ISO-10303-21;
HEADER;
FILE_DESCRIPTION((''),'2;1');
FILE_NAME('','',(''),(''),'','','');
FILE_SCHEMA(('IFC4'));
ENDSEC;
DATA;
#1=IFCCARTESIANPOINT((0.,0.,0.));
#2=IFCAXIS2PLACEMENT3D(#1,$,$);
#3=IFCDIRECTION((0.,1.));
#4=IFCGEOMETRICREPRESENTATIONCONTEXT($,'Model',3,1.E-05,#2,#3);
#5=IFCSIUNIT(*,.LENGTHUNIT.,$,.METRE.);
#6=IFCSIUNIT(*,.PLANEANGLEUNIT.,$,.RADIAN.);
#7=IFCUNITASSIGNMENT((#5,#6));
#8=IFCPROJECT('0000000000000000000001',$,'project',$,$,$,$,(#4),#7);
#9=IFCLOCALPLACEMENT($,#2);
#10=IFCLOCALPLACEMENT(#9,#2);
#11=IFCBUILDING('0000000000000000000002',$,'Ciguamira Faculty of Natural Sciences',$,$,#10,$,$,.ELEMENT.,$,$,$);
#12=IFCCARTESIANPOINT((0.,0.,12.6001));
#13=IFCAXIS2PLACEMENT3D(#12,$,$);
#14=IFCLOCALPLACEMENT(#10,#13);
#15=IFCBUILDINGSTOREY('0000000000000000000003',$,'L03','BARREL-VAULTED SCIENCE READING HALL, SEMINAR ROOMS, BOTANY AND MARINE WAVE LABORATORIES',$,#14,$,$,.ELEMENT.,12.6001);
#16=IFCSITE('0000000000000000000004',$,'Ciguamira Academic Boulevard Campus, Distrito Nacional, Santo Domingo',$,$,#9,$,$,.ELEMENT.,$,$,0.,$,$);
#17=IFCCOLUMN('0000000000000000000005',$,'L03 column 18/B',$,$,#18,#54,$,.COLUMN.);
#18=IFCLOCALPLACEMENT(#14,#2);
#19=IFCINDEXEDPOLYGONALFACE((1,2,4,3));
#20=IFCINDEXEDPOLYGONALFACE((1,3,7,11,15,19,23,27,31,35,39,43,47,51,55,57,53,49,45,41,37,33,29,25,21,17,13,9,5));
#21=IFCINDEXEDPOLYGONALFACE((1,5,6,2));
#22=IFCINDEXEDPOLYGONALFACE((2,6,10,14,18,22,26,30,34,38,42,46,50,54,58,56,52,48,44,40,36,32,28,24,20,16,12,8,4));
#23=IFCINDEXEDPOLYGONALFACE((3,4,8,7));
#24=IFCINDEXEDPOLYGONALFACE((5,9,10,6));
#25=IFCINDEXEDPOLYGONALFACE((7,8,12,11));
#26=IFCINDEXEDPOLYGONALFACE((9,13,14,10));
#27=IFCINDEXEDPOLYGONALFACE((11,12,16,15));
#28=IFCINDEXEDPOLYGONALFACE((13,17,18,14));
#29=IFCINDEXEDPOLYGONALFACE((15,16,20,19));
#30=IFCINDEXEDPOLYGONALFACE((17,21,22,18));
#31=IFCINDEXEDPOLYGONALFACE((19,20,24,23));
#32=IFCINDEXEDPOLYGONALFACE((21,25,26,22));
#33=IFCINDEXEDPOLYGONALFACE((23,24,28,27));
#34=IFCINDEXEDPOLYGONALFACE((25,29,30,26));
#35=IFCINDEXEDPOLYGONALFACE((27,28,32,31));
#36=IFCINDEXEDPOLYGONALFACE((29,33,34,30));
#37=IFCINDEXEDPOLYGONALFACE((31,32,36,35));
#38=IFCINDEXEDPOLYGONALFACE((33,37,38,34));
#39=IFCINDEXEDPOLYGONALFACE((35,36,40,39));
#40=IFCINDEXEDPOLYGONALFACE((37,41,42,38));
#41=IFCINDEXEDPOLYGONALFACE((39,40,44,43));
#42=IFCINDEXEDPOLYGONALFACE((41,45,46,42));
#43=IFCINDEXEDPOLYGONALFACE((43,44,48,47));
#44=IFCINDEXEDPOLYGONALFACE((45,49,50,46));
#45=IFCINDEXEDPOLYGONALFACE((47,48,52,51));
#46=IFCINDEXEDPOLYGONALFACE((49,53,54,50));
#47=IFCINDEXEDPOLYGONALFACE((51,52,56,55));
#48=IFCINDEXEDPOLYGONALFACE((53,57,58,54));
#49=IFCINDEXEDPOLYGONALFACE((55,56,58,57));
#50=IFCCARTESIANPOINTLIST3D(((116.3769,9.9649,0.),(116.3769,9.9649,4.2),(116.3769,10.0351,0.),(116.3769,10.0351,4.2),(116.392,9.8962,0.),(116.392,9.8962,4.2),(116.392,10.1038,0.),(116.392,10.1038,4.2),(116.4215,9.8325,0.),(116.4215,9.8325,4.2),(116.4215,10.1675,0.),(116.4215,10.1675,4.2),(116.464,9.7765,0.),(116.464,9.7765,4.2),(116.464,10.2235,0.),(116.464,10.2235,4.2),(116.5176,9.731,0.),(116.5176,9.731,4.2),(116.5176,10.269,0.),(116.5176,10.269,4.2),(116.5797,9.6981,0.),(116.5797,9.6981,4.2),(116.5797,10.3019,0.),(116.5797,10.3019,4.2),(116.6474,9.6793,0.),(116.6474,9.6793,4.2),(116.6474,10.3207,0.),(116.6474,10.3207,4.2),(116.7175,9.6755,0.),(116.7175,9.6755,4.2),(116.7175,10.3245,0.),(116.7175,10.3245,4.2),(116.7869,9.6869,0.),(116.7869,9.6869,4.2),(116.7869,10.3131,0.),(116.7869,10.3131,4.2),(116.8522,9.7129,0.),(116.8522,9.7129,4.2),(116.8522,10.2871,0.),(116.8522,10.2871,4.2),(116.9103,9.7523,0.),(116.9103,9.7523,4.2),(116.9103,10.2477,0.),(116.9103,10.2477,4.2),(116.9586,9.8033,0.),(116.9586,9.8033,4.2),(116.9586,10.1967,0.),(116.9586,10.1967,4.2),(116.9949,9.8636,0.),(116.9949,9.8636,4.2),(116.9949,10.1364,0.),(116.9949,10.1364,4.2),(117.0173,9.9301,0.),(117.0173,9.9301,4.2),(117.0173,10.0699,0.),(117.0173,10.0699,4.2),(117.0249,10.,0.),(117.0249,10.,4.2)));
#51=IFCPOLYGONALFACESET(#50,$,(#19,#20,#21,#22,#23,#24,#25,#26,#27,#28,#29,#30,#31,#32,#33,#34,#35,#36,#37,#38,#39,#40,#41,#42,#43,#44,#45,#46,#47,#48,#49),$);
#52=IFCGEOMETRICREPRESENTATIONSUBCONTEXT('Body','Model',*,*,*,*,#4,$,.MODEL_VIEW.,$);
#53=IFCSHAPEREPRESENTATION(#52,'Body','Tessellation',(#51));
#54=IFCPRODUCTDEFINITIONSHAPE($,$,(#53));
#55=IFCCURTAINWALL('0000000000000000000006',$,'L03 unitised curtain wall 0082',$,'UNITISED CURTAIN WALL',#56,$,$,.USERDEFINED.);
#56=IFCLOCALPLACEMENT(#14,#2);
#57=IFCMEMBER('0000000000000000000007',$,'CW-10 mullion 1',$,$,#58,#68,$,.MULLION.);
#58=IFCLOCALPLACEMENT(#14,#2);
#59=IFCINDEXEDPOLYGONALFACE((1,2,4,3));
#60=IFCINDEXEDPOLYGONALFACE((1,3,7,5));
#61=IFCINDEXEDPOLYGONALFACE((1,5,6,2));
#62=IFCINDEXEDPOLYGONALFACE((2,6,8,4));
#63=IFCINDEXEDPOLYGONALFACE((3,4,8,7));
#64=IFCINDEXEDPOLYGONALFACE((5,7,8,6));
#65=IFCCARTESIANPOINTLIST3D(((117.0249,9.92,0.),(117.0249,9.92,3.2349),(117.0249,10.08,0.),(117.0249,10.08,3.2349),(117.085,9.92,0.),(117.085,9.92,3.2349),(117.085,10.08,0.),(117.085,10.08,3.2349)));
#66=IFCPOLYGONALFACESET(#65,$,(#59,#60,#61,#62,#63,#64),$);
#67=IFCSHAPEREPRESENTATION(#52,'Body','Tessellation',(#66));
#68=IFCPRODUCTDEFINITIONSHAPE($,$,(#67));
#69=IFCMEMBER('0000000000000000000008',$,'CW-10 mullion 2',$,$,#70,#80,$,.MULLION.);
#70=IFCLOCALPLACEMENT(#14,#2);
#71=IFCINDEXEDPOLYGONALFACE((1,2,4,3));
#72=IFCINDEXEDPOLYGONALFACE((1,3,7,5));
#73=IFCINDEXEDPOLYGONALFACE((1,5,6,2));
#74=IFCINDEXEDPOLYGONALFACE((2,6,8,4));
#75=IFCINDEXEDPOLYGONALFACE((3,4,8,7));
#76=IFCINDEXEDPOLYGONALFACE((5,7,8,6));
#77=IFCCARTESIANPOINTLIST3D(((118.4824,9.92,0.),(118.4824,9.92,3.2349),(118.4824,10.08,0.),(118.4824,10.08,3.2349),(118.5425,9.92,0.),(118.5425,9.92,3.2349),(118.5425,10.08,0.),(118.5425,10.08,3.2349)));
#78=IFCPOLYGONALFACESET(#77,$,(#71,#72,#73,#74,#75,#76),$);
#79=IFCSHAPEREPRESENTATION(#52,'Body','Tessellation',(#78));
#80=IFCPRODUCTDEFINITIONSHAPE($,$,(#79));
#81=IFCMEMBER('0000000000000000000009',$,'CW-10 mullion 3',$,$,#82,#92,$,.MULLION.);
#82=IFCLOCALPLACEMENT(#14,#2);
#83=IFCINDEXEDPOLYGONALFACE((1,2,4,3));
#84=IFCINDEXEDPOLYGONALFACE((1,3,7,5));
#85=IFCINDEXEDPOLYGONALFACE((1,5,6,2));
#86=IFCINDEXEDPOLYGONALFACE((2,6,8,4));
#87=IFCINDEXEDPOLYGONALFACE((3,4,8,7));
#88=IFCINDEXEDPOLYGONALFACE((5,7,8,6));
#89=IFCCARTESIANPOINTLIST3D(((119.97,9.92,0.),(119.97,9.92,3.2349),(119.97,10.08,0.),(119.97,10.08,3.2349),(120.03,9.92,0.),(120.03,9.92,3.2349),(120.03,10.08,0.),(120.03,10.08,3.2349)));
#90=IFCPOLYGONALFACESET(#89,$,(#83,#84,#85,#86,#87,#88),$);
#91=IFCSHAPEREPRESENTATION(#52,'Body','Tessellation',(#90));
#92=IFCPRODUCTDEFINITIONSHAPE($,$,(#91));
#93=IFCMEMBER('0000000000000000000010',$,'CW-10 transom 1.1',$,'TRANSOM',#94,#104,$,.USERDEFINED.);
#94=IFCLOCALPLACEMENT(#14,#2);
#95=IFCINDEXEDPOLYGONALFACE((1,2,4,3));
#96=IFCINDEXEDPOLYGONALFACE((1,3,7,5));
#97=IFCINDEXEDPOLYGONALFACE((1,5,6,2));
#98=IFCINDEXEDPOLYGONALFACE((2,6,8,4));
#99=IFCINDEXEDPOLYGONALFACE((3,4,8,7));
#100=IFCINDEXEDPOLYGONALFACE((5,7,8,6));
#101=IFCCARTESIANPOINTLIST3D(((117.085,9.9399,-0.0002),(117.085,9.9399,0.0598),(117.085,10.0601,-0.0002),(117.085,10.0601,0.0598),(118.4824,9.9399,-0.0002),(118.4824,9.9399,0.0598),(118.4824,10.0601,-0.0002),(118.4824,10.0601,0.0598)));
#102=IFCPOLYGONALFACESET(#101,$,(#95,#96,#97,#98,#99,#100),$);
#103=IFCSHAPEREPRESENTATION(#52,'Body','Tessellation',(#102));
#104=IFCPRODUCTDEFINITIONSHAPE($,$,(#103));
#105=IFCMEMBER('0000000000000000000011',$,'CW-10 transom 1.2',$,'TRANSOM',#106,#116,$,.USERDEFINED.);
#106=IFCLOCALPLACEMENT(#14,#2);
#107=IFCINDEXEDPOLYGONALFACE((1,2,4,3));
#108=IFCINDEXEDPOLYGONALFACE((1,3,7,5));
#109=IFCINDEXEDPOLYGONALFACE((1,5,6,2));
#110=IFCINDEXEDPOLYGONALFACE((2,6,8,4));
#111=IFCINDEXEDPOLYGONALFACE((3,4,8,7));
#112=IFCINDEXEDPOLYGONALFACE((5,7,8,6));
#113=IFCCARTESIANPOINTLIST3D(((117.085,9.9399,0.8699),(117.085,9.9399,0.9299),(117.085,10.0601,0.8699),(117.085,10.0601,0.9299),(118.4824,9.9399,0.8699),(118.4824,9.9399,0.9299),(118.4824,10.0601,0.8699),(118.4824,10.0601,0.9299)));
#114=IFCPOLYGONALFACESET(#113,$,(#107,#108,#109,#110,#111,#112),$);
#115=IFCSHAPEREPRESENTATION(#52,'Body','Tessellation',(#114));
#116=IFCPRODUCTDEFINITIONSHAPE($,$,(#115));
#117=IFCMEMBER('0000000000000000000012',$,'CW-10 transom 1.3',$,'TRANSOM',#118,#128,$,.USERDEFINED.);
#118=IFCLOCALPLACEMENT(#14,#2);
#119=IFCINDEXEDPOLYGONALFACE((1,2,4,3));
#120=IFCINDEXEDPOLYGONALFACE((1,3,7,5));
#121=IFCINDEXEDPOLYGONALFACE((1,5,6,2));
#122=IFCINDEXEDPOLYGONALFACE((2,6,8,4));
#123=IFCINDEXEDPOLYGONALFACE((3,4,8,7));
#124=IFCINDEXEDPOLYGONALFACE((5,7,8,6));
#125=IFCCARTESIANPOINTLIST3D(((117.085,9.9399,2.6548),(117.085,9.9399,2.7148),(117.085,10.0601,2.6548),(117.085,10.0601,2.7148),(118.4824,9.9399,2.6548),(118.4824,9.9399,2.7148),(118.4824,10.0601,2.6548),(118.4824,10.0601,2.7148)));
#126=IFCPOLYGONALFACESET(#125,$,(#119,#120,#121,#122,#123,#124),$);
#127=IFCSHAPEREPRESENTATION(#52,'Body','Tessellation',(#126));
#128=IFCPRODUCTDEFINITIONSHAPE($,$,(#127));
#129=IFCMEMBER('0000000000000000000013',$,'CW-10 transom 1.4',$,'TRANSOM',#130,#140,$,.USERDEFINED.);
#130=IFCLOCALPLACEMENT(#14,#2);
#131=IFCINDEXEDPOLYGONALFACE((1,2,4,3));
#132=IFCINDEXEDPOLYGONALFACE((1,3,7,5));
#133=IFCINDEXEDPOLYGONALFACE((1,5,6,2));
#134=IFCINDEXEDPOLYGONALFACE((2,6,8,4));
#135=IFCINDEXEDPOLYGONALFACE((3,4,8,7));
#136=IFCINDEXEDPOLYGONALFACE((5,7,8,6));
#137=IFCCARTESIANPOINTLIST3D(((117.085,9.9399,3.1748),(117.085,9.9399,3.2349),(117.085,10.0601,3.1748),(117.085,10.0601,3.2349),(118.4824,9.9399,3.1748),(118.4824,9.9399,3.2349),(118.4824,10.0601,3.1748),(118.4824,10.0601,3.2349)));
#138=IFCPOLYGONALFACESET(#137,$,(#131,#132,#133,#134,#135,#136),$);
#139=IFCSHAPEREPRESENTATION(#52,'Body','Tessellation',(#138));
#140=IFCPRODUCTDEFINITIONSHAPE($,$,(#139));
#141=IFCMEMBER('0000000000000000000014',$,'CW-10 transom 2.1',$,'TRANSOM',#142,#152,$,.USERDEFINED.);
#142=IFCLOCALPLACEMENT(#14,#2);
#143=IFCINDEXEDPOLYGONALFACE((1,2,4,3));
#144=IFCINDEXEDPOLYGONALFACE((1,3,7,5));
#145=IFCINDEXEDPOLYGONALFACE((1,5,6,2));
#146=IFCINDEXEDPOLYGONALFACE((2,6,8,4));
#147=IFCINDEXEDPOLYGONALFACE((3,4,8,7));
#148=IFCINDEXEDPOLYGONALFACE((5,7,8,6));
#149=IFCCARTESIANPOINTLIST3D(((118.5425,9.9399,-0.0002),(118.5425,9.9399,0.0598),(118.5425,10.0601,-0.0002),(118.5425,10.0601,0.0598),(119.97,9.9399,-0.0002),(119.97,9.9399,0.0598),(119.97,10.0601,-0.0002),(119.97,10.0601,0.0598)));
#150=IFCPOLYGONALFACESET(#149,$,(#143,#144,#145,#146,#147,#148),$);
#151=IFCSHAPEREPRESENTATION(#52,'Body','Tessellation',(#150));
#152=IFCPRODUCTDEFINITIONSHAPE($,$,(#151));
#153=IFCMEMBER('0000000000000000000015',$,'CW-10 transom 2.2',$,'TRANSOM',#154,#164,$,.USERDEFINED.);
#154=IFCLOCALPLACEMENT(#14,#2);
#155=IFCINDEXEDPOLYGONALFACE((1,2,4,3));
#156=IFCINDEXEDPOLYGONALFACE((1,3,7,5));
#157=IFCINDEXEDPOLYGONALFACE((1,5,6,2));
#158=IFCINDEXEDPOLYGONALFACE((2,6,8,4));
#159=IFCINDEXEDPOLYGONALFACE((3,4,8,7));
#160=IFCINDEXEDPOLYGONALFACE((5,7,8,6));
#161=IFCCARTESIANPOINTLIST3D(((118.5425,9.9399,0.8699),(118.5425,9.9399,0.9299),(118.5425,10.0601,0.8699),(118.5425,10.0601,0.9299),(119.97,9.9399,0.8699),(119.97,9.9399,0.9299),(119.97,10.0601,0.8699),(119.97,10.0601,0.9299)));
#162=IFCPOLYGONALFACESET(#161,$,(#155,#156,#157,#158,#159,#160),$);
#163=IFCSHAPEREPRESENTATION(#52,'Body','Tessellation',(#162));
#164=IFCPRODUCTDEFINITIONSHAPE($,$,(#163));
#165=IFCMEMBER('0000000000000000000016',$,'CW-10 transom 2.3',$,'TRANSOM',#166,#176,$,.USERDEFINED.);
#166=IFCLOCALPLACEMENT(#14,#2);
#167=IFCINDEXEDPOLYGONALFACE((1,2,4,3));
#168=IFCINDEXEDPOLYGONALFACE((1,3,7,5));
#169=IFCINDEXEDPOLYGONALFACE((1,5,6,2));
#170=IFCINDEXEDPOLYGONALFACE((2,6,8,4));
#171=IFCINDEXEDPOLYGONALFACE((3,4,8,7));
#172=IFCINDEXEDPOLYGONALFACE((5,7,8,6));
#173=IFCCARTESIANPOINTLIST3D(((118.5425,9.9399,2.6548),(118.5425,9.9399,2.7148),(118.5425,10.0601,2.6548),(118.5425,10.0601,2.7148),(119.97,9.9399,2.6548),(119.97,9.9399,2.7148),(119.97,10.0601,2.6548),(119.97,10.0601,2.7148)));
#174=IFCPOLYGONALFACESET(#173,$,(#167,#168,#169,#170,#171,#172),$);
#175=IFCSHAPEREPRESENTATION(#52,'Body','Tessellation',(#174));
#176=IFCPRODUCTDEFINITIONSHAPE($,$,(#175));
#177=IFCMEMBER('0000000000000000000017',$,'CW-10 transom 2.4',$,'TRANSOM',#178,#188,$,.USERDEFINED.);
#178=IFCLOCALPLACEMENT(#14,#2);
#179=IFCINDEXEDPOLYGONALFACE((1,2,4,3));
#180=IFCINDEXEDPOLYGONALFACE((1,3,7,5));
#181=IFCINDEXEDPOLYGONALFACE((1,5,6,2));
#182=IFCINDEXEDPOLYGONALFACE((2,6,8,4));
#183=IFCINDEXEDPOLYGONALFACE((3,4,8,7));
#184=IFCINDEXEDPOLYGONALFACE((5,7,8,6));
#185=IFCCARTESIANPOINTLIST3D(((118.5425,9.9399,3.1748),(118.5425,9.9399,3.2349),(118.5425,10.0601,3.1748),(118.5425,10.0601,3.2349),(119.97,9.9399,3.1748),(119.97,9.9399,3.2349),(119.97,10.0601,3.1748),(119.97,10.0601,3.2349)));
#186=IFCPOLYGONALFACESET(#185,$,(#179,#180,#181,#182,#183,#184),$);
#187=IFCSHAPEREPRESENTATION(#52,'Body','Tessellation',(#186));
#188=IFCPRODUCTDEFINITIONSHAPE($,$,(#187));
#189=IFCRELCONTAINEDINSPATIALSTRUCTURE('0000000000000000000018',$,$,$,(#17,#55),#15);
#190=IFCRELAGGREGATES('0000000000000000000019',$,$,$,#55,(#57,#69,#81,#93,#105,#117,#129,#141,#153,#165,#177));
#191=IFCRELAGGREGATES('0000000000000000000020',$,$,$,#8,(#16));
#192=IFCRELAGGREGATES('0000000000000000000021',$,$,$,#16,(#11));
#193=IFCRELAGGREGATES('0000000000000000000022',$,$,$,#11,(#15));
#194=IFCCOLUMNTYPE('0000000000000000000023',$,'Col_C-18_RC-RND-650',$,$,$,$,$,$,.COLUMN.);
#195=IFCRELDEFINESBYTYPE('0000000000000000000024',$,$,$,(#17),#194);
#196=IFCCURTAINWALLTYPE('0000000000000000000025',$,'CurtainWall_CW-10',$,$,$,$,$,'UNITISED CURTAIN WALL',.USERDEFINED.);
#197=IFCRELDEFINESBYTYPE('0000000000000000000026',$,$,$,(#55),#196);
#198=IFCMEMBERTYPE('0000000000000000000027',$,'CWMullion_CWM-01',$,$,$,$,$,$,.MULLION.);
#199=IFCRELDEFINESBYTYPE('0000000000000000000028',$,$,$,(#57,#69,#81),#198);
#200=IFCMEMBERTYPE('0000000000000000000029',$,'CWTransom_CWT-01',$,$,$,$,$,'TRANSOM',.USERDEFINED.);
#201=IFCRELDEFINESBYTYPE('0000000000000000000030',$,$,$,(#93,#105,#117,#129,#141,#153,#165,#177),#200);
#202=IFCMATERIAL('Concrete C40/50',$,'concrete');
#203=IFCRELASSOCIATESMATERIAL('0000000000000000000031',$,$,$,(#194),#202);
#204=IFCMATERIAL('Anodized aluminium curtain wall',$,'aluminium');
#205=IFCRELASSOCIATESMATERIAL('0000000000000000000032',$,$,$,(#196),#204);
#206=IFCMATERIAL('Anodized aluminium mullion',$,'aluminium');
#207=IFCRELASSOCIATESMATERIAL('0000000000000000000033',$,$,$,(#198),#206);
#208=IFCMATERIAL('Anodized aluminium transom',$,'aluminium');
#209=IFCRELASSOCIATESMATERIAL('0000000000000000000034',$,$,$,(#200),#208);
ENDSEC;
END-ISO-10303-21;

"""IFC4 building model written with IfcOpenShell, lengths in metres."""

from ifc_helpers import new_model, si_unit, direction, frame, origin, origin_2d, place, context, subcontext, project, spatial, rectangle, circle, extrude, material, material_profile, profile_set, type_object, element, aggregate, save


model = new_model("IFC4")

# Units and contexts
model_context = context("Model", 3, precision=1e-05, world=origin(), true_north=direction((0.0, 1.0)))
body_context = subcontext(model_context, "Body", "Model", "MODEL_VIEW")
ifc_project = project(units=[si_unit("LENGTHUNIT", "METRE"), si_unit("PLANEANGLEUNIT", "RADIAN")], contexts=[model_context])

# Site, building, storey
site_placement = place(None, origin())
site = spatial("IfcSite", under=ifc_project, at=site_placement, Name="Ciguamira Academic Boulevard Campus, Distrito Nacional, Santo Domingo", CompositionType="ELEMENT", RefElevation=0.0)
building_placement = place(site_placement, origin())
building = spatial("IfcBuilding", under=site, at=building_placement, Name="Ciguamira Faculty of Natural Sciences", CompositionType="ELEMENT")
storey_placement = place(building_placement, frame((0.0, 0.0, 12.6001)))
storey = spatial("IfcBuildingStorey", under=building, at=storey_placement, Name="L03", Description="BARREL-VAULTED SCIENCE READING HALL, SEMINAR ROOMS, BOTANY AND MARINE WAVE LABORATORIES", CompositionType="ELEMENT", Elevation=12.6001)

# Column
ifc_material_1 = material(Name="Concrete C40/50", Category="concrete")
ifc_material_profile_1 = material_profile(ifc_material_1, circle(Radius=0.325, at=origin_2d()), Name="RC-RND-650")
ifc_profile_set_1 = profile_set([ifc_material_profile_1], Name="Concrete C40/50")
column_type = type_object("IfcColumnType", Name="Col_C-18_RC-RND-650", PredefinedType="COLUMN", material=ifc_profile_set_1)
column_placement = place(storey_placement, frame((116.7, 10.0, 0.0), z_axis=(0.0, 0.0, 1.0), x_axis=(1.0, 0.0, 0.0)))
element("IfcColumn", 1, at=column_placement, inside=storey, type_object=column_type, Name="L03 column 18/B", PredefinedType="COLUMN", context=body_context, shape_type="SweptSolid", body=[
    extrude(circle(Radius=0.325, at=origin_2d()), origin(), (0.0, 0.0, 1.0), 4.2),
])

# Curtain wall, members
ifc_material_2 = material(Name="Anodized aluminium curtain wall", Category="aluminium")
curtain_wall_type = type_object("IfcCurtainWallType", Name="CurtainWall_CW-10", ElementType="UNITISED CURTAIN WALL", PredefinedType="USERDEFINED", material=ifc_material_2)
curtain_wall_placement = place(storey_placement, origin())
curtain_wall = element("IfcCurtainWall", 2, at=curtain_wall_placement, inside=storey, type_object=curtain_wall_type, Name="L03 unitised curtain wall 0082", ObjectType="UNITISED CURTAIN WALL", PredefinedType="USERDEFINED")
ifc_material_3 = material(Name="Anodized aluminium mullion", Category="aluminium")
ifc_material_profile_2 = material_profile(ifc_material_3, rectangle(XDim=0.0601, YDim=0.1599, at=origin_2d()), Name="ALU-MUL-60X160")
ifc_profile_set_2 = profile_set([ifc_material_profile_2], Name="Anodized aluminium mullion")
member_type_1 = type_object("IfcMemberType", Name="CWMullion_CWM-01", PredefinedType="MULLION", material=ifc_profile_set_2)
member_1_placement = place(storey_placement, frame((117.0549, 10.0, 0.0), z_axis=(0.0, 0.0, 1.0), x_axis=(1.0, 0.0, 0.0)))
member_1 = element("IfcMember", 3, at=member_1_placement, type_object=member_type_1, Name="CW-10 mullion 1", PredefinedType="MULLION", context=body_context, shape_type="SweptSolid", body=[
    extrude(rectangle(XDim=0.0601, YDim=0.1599, at=origin_2d()), origin(), (0.0, 0.0, 1.0), 3.2349),
])
member_2_placement = place(storey_placement, frame((118.5125, 10.0, 0.0), z_axis=(0.0, 0.0, 1.0), x_axis=(1.0, 0.0, 0.0)))
member_2 = element("IfcMember", 4, at=member_2_placement, type_object=member_type_1, Name="CW-10 mullion 2", PredefinedType="MULLION", context=body_context, shape_type="SweptSolid", body=[
    extrude(rectangle(XDim=0.0601, YDim=0.1599, at=origin_2d()), origin(), (0.0, 0.0, 1.0), 3.2349),
])
member_3_placement = place(storey_placement, frame((120.0, 10.0, 0.0), z_axis=(0.0, 0.0, 1.0), x_axis=(1.0, 0.0, 0.0)))
member_3 = element("IfcMember", 5, at=member_3_placement, type_object=member_type_1, Name="CW-10 mullion 3", PredefinedType="MULLION", context=body_context, shape_type="SweptSolid", body=[
    extrude(rectangle(XDim=0.0601, YDim=0.1599, at=origin_2d()), origin(), (0.0, 0.0, 1.0), 3.2349),
])
ifc_material_4 = material(Name="Anodized aluminium transom", Category="aluminium")
ifc_material_profile_3 = material_profile(ifc_material_4, rectangle(XDim=0.0601, YDim=0.1201, at=origin_2d()), Name="ALU-TRN-60X120")
ifc_profile_set_3 = profile_set([ifc_material_profile_3], Name="Anodized aluminium transom")
member_type_2 = type_object("IfcMemberType", Name="CWTransom_CWT-01", ElementType="TRANSOM", PredefinedType="USERDEFINED", material=ifc_profile_set_3)
member_4_placement = place(storey_placement, frame((117.085, 10.0, 0.0298), z_axis=(1.0, 0.0, 0.0), x_axis=(0.0, 0.0, 1.0)))
member_4 = element("IfcMember", 6, at=member_4_placement, type_object=member_type_2, Name="CW-10 transom 1.1", ObjectType="TRANSOM", PredefinedType="USERDEFINED", context=body_context, shape_type="SweptSolid", body=[
    extrude(rectangle(XDim=0.0601, YDim=0.1201, at=origin_2d()), origin(), (0.0, 0.0, 1.0), 1.3975),
])
member_5_placement = place(storey_placement, frame((117.085, 10.0, 0.8999), z_axis=(1.0, 0.0, 0.0), x_axis=(0.0, 0.0, 1.0)))
member_5 = element("IfcMember", 7, at=member_5_placement, type_object=member_type_2, Name="CW-10 transom 1.2", ObjectType="TRANSOM", PredefinedType="USERDEFINED", context=body_context, shape_type="SweptSolid", body=[
    extrude(rectangle(XDim=0.0601, YDim=0.1201, at=origin_2d()), origin(), (0.0, 0.0, 1.0), 1.3975),
])
member_6_placement = place(storey_placement, frame((117.085, 10.0, 2.6848), z_axis=(1.0, 0.0, 0.0), x_axis=(0.0, 0.0, 1.0)))
member_6 = element("IfcMember", 8, at=member_6_placement, type_object=member_type_2, Name="CW-10 transom 1.3", ObjectType="TRANSOM", PredefinedType="USERDEFINED", context=body_context, shape_type="SweptSolid", body=[
    extrude(rectangle(XDim=0.0601, YDim=0.1201, at=origin_2d()), origin(), (0.0, 0.0, 1.0), 1.3975),
])
member_7_placement = place(storey_placement, frame((117.085, 10.0, 3.2048), z_axis=(1.0, 0.0, 0.0), x_axis=(0.0, 0.0, 1.0)))
member_7 = element("IfcMember", 9, at=member_7_placement, type_object=member_type_2, Name="CW-10 transom 1.4", ObjectType="TRANSOM", PredefinedType="USERDEFINED", context=body_context, shape_type="SweptSolid", body=[
    extrude(rectangle(XDim=0.0601, YDim=0.1201, at=origin_2d()), origin(), (0.0, 0.0, 1.0), 1.3975),
])
member_8_placement = place(storey_placement, frame((118.5425, 10.0, 0.0298), z_axis=(1.0, 0.0, 0.0), x_axis=(0.0, 0.0, 1.0)))
member_8 = element("IfcMember", 10, at=member_8_placement, type_object=member_type_2, Name="CW-10 transom 2.1", ObjectType="TRANSOM", PredefinedType="USERDEFINED", context=body_context, shape_type="SweptSolid", body=[
    extrude(rectangle(XDim=0.0601, YDim=0.1201, at=origin_2d()), origin(), (0.0, 0.0, 1.0), 1.4275),
])
member_9_placement = place(storey_placement, frame((118.5425, 10.0, 0.8999), z_axis=(1.0, 0.0, 0.0), x_axis=(0.0, 0.0, 1.0)))
member_9 = element("IfcMember", 11, at=member_9_placement, type_object=member_type_2, Name="CW-10 transom 2.2", ObjectType="TRANSOM", PredefinedType="USERDEFINED", context=body_context, shape_type="SweptSolid", body=[
    extrude(rectangle(XDim=0.0601, YDim=0.1201, at=origin_2d()), origin(), (0.0, 0.0, 1.0), 1.4275),
])
member_10_placement = place(storey_placement, frame((118.5425, 10.0, 2.6848), z_axis=(1.0, 0.0, 0.0), x_axis=(0.0, 0.0, 1.0)))
member_10 = element("IfcMember", 12, at=member_10_placement, type_object=member_type_2, Name="CW-10 transom 2.3", ObjectType="TRANSOM", PredefinedType="USERDEFINED", context=body_context, shape_type="SweptSolid", body=[
    extrude(rectangle(XDim=0.0601, YDim=0.1201, at=origin_2d()), origin(), (0.0, 0.0, 1.0), 1.4275),
])
member_11_placement = place(storey_placement, frame((118.5425, 10.0, 3.2048), z_axis=(1.0, 0.0, 0.0), x_axis=(0.0, 0.0, 1.0)))
member_11 = element("IfcMember", 13, at=member_11_placement, type_object=member_type_2, Name="CW-10 transom 2.4", ObjectType="TRANSOM", PredefinedType="USERDEFINED", context=body_context, shape_type="SweptSolid", body=[
    extrude(rectangle(XDim=0.0601, YDim=0.1201, at=origin_2d()), origin(), (0.0, 0.0, 1.0), 1.4275),
])

aggregate(curtain_wall, [member_1, member_2, member_3, member_4, member_5, member_6, member_7, member_8, member_9, member_10, member_11])

save(model, "model.ifc")
